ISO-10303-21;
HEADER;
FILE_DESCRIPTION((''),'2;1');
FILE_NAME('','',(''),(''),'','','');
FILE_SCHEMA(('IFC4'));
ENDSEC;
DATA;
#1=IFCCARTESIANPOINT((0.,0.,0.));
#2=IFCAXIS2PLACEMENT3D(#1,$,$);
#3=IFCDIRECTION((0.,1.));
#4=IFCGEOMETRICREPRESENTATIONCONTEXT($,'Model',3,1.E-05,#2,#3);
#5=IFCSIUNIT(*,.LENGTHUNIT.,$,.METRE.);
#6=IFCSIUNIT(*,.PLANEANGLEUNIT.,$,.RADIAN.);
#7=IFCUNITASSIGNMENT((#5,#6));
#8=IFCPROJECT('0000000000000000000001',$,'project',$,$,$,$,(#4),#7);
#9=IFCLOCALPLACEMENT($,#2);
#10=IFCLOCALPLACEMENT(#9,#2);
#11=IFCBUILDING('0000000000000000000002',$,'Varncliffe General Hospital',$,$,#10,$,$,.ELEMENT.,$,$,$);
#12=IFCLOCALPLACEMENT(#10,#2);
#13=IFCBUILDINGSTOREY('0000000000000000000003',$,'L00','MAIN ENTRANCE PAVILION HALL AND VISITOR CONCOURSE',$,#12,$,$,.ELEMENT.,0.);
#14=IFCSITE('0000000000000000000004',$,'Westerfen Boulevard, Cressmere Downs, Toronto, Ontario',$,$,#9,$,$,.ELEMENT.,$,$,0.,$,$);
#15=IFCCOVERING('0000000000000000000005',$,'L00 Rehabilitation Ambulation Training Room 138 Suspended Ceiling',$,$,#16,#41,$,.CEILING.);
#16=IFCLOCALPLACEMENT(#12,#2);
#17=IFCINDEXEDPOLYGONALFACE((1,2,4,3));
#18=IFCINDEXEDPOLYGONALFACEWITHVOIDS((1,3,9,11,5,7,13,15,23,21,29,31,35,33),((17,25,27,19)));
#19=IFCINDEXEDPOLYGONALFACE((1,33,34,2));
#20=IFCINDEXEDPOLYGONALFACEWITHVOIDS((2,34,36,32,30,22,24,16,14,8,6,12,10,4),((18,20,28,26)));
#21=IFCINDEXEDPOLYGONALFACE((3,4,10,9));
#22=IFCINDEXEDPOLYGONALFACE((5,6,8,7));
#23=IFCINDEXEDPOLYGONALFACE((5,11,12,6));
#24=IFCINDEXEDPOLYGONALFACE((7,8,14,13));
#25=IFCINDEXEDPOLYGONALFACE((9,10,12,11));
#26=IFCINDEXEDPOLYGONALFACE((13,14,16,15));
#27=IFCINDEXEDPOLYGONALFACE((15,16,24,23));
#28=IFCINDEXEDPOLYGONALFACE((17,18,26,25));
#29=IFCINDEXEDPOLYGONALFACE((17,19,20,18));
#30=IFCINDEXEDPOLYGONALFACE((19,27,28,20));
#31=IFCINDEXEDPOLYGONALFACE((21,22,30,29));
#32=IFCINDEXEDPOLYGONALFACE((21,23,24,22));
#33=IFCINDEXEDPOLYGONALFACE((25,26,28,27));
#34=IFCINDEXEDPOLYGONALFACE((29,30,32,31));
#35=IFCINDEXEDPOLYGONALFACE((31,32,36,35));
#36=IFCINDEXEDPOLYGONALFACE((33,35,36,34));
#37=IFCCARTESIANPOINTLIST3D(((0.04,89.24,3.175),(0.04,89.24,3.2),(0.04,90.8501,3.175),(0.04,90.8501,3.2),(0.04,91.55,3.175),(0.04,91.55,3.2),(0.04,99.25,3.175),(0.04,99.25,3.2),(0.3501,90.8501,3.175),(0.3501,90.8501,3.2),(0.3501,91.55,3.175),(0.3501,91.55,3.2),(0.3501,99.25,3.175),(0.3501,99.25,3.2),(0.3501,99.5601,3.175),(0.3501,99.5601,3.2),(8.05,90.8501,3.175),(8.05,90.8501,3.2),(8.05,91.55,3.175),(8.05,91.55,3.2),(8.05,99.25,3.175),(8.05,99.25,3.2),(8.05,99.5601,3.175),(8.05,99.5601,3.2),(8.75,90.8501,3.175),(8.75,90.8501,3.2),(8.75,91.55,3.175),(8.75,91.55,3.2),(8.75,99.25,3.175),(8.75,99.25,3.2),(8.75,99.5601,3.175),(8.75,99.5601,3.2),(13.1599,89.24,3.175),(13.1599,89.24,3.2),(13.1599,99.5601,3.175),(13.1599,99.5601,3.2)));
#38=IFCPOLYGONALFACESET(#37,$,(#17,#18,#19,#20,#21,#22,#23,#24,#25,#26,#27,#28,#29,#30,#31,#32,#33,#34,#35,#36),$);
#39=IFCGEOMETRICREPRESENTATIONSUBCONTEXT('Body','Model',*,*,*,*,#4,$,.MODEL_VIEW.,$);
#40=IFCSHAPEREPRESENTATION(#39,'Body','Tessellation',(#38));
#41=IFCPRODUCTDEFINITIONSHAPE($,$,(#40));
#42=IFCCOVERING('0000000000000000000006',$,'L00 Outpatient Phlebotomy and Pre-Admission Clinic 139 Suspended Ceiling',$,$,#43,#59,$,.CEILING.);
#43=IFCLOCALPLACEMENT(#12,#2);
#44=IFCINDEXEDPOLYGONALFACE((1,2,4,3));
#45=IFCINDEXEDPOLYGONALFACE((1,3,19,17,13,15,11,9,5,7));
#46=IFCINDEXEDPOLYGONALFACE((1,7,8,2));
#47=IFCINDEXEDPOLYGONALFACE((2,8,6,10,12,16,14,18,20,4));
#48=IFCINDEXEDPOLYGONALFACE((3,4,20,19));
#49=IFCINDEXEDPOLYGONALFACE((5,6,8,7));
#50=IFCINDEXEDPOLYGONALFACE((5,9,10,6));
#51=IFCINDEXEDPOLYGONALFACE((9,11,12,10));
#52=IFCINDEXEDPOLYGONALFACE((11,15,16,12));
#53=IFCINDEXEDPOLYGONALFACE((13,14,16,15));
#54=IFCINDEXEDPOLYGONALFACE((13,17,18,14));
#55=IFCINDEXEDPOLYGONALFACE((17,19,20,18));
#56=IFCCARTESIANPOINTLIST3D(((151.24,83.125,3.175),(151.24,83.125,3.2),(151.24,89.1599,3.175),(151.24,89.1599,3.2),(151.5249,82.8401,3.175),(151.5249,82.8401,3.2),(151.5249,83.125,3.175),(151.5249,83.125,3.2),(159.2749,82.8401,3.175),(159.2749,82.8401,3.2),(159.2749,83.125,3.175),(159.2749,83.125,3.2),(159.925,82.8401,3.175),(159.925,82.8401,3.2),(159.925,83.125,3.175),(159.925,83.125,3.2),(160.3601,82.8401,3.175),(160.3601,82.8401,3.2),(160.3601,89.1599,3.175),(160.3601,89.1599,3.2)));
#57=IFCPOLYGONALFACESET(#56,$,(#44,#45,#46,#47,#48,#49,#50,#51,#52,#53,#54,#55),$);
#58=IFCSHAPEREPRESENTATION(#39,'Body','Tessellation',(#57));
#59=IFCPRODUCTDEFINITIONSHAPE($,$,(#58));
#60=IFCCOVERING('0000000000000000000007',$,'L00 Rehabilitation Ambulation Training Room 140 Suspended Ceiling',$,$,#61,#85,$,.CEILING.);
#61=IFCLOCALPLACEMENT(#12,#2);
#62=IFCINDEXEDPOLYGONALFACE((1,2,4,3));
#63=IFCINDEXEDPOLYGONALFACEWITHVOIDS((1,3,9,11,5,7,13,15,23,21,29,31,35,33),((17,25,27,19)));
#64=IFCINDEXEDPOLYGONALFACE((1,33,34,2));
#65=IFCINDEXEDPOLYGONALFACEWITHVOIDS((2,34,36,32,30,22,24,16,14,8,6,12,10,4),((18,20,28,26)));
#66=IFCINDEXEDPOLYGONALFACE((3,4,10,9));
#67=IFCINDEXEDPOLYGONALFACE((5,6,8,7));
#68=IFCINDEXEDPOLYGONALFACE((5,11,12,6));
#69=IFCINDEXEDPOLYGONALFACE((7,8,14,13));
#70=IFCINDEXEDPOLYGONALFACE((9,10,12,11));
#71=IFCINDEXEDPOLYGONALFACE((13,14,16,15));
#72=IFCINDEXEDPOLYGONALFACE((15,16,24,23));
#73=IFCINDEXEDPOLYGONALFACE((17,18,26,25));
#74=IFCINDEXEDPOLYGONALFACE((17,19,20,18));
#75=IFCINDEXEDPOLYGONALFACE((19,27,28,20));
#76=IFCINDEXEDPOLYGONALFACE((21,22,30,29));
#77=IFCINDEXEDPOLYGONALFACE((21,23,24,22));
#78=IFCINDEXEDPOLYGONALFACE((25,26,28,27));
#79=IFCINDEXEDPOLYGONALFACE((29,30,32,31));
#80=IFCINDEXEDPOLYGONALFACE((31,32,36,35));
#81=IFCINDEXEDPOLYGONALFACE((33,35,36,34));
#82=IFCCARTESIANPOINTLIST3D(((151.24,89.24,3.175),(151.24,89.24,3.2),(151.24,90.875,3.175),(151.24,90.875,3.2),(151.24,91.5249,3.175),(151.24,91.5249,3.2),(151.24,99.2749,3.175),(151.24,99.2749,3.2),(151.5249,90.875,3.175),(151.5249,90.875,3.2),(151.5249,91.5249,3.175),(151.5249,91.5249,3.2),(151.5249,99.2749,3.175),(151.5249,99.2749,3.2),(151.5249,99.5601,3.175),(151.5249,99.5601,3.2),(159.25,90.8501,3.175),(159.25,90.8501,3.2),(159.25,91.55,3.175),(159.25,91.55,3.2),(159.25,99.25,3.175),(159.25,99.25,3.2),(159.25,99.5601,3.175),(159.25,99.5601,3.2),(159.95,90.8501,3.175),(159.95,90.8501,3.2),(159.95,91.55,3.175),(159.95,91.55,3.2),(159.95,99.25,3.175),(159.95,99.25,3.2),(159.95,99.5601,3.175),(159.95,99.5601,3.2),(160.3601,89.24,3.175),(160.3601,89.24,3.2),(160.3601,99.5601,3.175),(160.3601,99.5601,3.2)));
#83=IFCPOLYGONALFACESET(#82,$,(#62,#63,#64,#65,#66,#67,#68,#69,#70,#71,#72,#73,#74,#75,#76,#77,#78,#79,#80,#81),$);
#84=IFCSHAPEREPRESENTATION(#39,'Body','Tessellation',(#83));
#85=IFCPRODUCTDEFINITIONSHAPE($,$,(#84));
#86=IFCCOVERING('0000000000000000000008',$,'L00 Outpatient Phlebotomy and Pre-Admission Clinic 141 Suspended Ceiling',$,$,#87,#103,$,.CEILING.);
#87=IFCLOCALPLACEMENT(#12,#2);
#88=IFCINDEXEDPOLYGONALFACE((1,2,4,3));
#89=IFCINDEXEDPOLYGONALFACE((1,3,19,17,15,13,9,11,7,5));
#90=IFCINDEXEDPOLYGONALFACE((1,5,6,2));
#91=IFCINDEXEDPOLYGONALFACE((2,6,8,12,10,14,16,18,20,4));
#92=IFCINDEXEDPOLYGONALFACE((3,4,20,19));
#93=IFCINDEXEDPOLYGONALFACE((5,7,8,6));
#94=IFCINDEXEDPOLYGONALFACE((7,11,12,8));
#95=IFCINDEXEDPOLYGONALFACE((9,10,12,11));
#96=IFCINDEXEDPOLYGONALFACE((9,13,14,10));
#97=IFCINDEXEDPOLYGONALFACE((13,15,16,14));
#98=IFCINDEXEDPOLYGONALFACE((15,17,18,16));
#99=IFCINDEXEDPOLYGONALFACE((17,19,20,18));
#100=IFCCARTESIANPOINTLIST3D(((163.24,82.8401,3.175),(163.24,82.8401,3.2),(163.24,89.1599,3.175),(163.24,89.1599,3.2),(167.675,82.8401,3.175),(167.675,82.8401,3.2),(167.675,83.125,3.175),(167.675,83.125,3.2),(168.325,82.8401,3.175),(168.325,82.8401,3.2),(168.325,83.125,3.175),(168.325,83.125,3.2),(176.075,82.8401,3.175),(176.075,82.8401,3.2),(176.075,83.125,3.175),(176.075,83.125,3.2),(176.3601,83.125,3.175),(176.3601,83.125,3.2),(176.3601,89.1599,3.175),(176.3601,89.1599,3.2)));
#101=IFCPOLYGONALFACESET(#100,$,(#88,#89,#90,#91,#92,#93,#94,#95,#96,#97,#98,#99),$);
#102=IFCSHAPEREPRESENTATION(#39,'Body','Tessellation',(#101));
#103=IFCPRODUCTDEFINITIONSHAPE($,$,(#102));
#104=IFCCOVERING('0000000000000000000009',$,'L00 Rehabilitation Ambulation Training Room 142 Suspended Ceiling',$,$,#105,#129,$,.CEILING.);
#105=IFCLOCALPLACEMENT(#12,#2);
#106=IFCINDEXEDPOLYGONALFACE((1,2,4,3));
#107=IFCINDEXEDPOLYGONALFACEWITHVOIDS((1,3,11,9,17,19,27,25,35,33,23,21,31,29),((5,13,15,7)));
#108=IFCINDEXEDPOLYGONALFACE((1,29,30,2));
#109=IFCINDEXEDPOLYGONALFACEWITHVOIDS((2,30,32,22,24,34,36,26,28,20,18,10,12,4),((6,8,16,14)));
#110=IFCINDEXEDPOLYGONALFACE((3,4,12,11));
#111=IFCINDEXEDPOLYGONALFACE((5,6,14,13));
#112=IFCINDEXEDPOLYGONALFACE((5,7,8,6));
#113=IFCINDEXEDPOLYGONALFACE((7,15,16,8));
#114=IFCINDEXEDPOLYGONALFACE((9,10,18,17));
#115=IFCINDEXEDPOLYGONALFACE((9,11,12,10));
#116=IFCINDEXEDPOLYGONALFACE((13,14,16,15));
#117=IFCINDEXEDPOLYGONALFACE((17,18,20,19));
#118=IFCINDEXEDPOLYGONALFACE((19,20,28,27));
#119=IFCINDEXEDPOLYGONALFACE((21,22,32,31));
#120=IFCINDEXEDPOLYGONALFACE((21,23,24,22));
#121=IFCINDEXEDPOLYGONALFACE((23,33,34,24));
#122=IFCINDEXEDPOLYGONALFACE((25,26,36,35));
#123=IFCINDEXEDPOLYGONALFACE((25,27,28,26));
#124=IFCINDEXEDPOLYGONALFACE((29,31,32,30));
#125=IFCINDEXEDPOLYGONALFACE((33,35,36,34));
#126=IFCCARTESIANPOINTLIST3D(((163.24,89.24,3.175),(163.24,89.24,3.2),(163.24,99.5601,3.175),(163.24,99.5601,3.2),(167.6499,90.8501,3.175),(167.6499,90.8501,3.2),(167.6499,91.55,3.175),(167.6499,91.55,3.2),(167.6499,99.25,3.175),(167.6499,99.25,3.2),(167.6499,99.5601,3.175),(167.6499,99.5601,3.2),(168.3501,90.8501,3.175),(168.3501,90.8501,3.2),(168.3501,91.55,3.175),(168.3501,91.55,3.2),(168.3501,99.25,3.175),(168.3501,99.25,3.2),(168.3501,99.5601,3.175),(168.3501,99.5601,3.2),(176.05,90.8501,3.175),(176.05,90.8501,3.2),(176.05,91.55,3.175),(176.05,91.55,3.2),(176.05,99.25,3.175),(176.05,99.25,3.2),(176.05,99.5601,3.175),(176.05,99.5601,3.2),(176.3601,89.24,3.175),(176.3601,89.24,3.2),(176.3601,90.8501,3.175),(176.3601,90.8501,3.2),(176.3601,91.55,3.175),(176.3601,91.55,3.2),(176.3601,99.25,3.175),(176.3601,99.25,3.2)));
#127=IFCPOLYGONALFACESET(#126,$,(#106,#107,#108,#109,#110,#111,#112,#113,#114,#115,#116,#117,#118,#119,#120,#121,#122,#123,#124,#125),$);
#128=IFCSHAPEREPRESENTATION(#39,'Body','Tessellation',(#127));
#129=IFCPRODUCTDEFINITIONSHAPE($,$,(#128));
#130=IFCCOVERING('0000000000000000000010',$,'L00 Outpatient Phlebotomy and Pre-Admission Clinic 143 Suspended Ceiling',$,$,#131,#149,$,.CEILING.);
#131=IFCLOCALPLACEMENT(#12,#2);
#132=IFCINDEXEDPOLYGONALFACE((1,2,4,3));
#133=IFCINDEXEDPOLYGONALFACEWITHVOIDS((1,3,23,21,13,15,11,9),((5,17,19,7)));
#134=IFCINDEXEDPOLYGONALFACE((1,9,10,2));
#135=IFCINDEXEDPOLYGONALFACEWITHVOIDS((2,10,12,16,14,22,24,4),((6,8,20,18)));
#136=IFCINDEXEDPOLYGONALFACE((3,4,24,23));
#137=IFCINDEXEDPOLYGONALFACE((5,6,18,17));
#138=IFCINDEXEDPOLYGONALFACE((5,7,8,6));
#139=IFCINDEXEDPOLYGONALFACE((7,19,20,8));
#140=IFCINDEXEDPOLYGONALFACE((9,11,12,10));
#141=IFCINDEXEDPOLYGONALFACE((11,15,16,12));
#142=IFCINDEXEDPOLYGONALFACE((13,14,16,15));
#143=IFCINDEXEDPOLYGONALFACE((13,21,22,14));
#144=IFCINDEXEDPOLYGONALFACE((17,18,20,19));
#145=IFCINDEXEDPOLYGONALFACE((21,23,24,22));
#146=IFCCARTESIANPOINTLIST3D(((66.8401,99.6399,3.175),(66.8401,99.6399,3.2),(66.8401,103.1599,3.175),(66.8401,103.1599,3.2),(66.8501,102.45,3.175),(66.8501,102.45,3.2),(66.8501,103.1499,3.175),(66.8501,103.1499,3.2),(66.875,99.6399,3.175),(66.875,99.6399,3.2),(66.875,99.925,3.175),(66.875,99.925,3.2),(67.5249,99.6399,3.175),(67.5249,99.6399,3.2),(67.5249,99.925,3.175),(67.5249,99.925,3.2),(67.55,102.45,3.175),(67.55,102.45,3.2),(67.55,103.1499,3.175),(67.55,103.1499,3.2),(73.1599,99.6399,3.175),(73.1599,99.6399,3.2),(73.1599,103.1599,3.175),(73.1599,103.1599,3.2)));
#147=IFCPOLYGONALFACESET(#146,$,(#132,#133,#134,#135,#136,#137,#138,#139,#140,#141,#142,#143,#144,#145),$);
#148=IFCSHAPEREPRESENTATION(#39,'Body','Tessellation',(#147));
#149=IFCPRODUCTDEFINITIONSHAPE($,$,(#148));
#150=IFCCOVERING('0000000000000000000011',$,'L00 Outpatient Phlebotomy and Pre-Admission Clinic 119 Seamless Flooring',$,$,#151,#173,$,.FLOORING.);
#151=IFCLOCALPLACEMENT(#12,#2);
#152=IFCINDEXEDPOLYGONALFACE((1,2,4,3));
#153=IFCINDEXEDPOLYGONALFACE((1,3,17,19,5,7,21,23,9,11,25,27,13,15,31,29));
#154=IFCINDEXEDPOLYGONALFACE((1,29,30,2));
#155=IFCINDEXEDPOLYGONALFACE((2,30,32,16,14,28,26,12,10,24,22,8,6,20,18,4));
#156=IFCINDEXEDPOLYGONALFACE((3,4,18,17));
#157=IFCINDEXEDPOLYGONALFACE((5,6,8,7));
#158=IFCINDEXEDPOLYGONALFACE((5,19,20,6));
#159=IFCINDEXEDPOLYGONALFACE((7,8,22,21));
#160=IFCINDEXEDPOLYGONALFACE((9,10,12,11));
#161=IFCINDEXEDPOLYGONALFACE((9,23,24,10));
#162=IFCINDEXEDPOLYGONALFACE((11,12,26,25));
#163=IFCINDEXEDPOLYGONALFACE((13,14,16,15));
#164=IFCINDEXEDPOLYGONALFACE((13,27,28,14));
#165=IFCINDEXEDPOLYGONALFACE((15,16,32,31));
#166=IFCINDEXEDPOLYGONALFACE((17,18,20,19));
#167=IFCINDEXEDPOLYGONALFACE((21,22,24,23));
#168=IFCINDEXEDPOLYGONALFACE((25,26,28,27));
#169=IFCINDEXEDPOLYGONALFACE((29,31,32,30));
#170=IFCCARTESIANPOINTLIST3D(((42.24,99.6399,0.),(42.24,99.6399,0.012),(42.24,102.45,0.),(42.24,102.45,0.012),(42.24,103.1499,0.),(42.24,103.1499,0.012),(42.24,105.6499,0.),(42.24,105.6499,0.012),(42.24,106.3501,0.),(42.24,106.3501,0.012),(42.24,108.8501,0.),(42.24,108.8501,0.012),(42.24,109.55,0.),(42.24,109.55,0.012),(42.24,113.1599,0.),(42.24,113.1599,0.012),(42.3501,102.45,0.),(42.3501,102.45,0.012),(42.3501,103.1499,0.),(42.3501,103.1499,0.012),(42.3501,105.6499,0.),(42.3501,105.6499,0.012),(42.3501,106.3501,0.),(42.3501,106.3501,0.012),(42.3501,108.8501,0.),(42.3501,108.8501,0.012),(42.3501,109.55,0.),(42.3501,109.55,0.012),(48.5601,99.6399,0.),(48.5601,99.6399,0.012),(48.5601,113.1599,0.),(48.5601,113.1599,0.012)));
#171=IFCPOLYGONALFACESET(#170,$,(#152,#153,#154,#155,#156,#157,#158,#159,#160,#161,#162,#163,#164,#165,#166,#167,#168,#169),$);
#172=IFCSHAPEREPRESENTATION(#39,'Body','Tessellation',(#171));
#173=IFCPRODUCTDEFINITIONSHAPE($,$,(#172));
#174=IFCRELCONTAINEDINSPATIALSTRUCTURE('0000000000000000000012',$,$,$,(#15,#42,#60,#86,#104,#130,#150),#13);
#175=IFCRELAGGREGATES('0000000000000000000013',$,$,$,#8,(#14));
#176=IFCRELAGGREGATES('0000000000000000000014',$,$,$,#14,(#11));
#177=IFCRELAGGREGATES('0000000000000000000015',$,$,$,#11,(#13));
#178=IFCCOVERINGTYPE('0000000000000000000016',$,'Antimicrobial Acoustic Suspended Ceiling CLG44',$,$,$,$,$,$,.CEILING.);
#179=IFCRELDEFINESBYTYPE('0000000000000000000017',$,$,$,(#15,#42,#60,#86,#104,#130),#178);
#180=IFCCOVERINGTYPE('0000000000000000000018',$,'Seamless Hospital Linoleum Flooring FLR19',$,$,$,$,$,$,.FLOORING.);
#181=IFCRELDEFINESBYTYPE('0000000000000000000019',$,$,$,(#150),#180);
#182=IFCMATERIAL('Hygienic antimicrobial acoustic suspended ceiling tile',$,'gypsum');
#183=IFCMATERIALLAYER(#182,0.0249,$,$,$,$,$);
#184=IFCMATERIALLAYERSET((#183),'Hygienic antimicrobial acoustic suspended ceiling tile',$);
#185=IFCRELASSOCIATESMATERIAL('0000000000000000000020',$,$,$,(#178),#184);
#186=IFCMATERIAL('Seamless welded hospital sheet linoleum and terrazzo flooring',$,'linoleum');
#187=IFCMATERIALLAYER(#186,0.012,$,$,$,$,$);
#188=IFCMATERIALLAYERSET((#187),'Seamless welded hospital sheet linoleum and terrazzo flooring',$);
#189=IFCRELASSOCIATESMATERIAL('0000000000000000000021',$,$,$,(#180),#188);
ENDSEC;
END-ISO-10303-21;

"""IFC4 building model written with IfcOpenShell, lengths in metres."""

from ifc_helpers import new_model, si_unit, direction, frame, origin, place, context, subcontext, project, spatial, polyline, outline, extrude, material, layer, layer_set, type_object, element, save


model = new_model("IFC4")

# Units and contexts
model_context = context("Model", 3, precision=1e-05, world=origin(), true_north=direction((0.0, 1.0)))
body_context = subcontext(model_context, "Body", "Model", "MODEL_VIEW")
ifc_project = project(units=[si_unit("LENGTHUNIT", "METRE"), si_unit("PLANEANGLEUNIT", "RADIAN")], contexts=[model_context])

# Site, building, storey
site_placement = place(None, origin())
site = spatial("IfcSite", under=ifc_project, at=site_placement, Name="Westerfen Boulevard, Cressmere Downs, Toronto, Ontario", CompositionType="ELEMENT", RefElevation=0.0)
building_placement = place(site_placement, origin())
building = spatial("IfcBuilding", under=site, at=building_placement, Name="Varncliffe General Hospital", CompositionType="ELEMENT")
storey_placement = place(building_placement, origin())
storey = spatial("IfcBuildingStorey", under=building, at=storey_placement, Name="L00", Description="MAIN ENTRANCE PAVILION HALL AND VISITOR CONCOURSE", CompositionType="ELEMENT", Elevation=0.0)

# Coverings
ifc_material_1 = material(Name="Hygienic antimicrobial acoustic suspended ceiling tile", Category="gypsum")
ifc_layer_1 = layer(ifc_material_1, 0.0249)
ifc_layer_set_1 = layer_set([ifc_layer_1], Name="Hygienic antimicrobial acoustic suspended ceiling tile")
covering_type_1 = type_object("IfcCoveringType", Name="Antimicrobial Acoustic Suspended Ceiling CLG44", PredefinedType="CEILING", material=ifc_layer_set_1)
covering_1_placement = place(storey_placement, frame((0.0, 0.0, 3.175)))
element("IfcCovering", 1, at=covering_1_placement, inside=storey, type_object=covering_type_1, Name="L00 Rehabilitation Ambulation Training Room 138 Suspended Ceiling", PredefinedType="CEILING", context=body_context, shape_type="SweptSolid", body=[
    extrude(outline(polyline([(13.1599, 89.24), (0.04, 89.24), (0.04, 90.8501), (0.3501, 90.8501), (0.3501, 91.55), (0.04, 91.55), (0.04, 99.25), (0.3501, 99.25), (0.3501, 99.5601), (8.05, 99.5601), (8.05, 99.25), (8.75, 99.25), (8.75, 99.5601), (13.1599, 99.5601), (13.1599, 89.24)]), holes=[polyline([(8.75, 90.8501), (8.75, 91.55), (8.05, 91.55), (8.05, 90.8501), (8.75, 90.8501)])]), origin(), (0.0, 0.0, 1.0), 0.0249),
])
covering_2_placement = place(storey_placement, frame((0.0, 0.0, 3.175)))
element("IfcCovering", 2, at=covering_2_placement, inside=storey, type_object=covering_type_1, Name="L00 Outpatient Phlebotomy and Pre-Admission Clinic 139 Suspended Ceiling", PredefinedType="CEILING", context=body_context, shape_type="SweptSolid", body=[
    extrude(outline(polyline([(160.3601, 89.1599), (160.3601, 82.8401), (159.925, 82.8401), (159.925, 83.125), (159.2749, 83.125), (159.2749, 82.8401), (151.5249, 82.8401), (151.5249, 83.125), (151.24, 83.125), (151.24, 89.1599), (160.3601, 89.1599)])), origin(), (0.0, 0.0, 1.0), 0.0249),
])
covering_3_placement = place(storey_placement, frame((0.0, 0.0, 3.175)))
element("IfcCovering", 3, at=covering_3_placement, inside=storey, type_object=covering_type_1, Name="L00 Rehabilitation Ambulation Training Room 140 Suspended Ceiling", PredefinedType="CEILING", context=body_context, shape_type="SweptSolid", body=[
    extrude(outline(polyline([(160.3601, 89.24), (151.24, 89.24), (151.24, 90.875), (151.5249, 90.875), (151.5249, 91.5249), (151.24, 91.5249), (151.24, 99.2749), (151.5249, 99.2749), (151.5249, 99.5601), (159.25, 99.5601), (159.25, 99.25), (159.95, 99.25), (159.95, 99.5601), (160.3601, 99.5601), (160.3601, 89.24)]), holes=[polyline([(159.95, 90.8501), (159.95, 91.55), (159.25, 91.55), (159.25, 90.8501), (159.95, 90.8501)])]), origin(), (0.0, 0.0, 1.0), 0.0249),
])
covering_4_placement = place(storey_placement, frame((0.0, 0.0, 3.175)))
element("IfcCovering", 4, at=covering_4_placement, inside=storey, type_object=covering_type_1, Name="L00 Outpatient Phlebotomy and Pre-Admission Clinic 141 Suspended Ceiling", PredefinedType="CEILING", context=body_context, shape_type="SweptSolid", body=[
    extrude(outline(polyline([(163.24, 89.1599), (176.3601, 89.1599), (176.3601, 83.125), (176.075, 83.125), (176.075, 82.8401), (168.325, 82.8401), (168.325, 83.125), (167.675, 83.125), (167.675, 82.8401), (163.24, 82.8401), (163.24, 89.1599)])), origin(), (0.0, 0.0, 1.0), 0.0249),
])
covering_5_placement = place(storey_placement, frame((0.0, 0.0, 3.175)))
element("IfcCovering", 5, at=covering_5_placement, inside=storey, type_object=covering_type_1, Name="L00 Rehabilitation Ambulation Training Room 142 Suspended Ceiling", PredefinedType="CEILING", context=body_context, shape_type="SweptSolid", body=[
    extrude(outline(polyline([(176.05, 91.55), (176.05, 90.8501), (176.3601, 90.8501), (176.3601, 89.24), (163.24, 89.24), (163.24, 99.5601), (167.6499, 99.5601), (167.6499, 99.25), (168.3501, 99.25), (168.3501, 99.5601), (176.05, 99.5601), (176.05, 99.25), (176.3601, 99.25), (176.3601, 91.55), (176.05, 91.55)]), holes=[polyline([(168.3501, 90.8501), (168.3501, 91.55), (167.6499, 91.55), (167.6499, 90.8501), (168.3501, 90.8501)])]), origin(), (0.0, 0.0, 1.0), 0.0249),
])
covering_6_placement = place(storey_placement, frame((0.0, 0.0, 3.175)))
element("IfcCovering", 6, at=covering_6_placement, inside=storey, type_object=covering_type_1, Name="L00 Outpatient Phlebotomy and Pre-Admission Clinic 143 Suspended Ceiling", PredefinedType="CEILING", context=body_context, shape_type="SweptSolid", body=[
    extrude(outline(polyline([(66.8401, 99.6399), (66.8401, 103.1599), (73.1599, 103.1599), (73.1599, 99.6399), (67.5249, 99.6399), (67.5249, 99.925), (66.875, 99.925), (66.875, 99.6399), (66.8401, 99.6399)]), holes=[polyline([(67.55, 102.45), (67.55, 103.1499), (66.8501, 103.1499), (66.8501, 102.45), (67.55, 102.45)])]), origin(), (0.0, 0.0, 1.0), 0.0249),
])
ifc_material_2 = material(Name="Seamless welded hospital sheet linoleum and terrazzo flooring", Category="linoleum")
ifc_layer_2 = layer(ifc_material_2, 0.012)
ifc_layer_set_2 = layer_set([ifc_layer_2], Name="Seamless welded hospital sheet linoleum and terrazzo flooring")
covering_type_2 = type_object("IfcCoveringType", Name="Seamless Hospital Linoleum Flooring FLR19", PredefinedType="FLOORING", material=ifc_layer_set_2)
covering_7_placement = place(storey_placement, origin())
element("IfcCovering", 7, at=covering_7_placement, inside=storey, type_object=covering_type_2, Name="L00 Outpatient Phlebotomy and Pre-Admission Clinic 119 Seamless Flooring", PredefinedType="FLOORING", context=body_context, shape_type="SweptSolid", body=[
    extrude(outline(polyline([(48.5601, 99.6399), (42.24, 99.6399), (42.24, 102.45), (42.3501, 102.45), (42.3501, 103.1499), (42.24, 103.1499), (42.24, 105.6499), (42.3501, 105.6499), (42.3501, 106.3501), (42.24, 106.3501), (42.24, 108.8501), (42.3501, 108.8501), (42.3501, 109.55), (42.24, 109.55), (42.24, 113.1599), (48.5601, 113.1599), (48.5601, 99.6399)])), origin(), (0.0, 0.0, 1.0), 0.012),
])

save(model, "model.ifc")
